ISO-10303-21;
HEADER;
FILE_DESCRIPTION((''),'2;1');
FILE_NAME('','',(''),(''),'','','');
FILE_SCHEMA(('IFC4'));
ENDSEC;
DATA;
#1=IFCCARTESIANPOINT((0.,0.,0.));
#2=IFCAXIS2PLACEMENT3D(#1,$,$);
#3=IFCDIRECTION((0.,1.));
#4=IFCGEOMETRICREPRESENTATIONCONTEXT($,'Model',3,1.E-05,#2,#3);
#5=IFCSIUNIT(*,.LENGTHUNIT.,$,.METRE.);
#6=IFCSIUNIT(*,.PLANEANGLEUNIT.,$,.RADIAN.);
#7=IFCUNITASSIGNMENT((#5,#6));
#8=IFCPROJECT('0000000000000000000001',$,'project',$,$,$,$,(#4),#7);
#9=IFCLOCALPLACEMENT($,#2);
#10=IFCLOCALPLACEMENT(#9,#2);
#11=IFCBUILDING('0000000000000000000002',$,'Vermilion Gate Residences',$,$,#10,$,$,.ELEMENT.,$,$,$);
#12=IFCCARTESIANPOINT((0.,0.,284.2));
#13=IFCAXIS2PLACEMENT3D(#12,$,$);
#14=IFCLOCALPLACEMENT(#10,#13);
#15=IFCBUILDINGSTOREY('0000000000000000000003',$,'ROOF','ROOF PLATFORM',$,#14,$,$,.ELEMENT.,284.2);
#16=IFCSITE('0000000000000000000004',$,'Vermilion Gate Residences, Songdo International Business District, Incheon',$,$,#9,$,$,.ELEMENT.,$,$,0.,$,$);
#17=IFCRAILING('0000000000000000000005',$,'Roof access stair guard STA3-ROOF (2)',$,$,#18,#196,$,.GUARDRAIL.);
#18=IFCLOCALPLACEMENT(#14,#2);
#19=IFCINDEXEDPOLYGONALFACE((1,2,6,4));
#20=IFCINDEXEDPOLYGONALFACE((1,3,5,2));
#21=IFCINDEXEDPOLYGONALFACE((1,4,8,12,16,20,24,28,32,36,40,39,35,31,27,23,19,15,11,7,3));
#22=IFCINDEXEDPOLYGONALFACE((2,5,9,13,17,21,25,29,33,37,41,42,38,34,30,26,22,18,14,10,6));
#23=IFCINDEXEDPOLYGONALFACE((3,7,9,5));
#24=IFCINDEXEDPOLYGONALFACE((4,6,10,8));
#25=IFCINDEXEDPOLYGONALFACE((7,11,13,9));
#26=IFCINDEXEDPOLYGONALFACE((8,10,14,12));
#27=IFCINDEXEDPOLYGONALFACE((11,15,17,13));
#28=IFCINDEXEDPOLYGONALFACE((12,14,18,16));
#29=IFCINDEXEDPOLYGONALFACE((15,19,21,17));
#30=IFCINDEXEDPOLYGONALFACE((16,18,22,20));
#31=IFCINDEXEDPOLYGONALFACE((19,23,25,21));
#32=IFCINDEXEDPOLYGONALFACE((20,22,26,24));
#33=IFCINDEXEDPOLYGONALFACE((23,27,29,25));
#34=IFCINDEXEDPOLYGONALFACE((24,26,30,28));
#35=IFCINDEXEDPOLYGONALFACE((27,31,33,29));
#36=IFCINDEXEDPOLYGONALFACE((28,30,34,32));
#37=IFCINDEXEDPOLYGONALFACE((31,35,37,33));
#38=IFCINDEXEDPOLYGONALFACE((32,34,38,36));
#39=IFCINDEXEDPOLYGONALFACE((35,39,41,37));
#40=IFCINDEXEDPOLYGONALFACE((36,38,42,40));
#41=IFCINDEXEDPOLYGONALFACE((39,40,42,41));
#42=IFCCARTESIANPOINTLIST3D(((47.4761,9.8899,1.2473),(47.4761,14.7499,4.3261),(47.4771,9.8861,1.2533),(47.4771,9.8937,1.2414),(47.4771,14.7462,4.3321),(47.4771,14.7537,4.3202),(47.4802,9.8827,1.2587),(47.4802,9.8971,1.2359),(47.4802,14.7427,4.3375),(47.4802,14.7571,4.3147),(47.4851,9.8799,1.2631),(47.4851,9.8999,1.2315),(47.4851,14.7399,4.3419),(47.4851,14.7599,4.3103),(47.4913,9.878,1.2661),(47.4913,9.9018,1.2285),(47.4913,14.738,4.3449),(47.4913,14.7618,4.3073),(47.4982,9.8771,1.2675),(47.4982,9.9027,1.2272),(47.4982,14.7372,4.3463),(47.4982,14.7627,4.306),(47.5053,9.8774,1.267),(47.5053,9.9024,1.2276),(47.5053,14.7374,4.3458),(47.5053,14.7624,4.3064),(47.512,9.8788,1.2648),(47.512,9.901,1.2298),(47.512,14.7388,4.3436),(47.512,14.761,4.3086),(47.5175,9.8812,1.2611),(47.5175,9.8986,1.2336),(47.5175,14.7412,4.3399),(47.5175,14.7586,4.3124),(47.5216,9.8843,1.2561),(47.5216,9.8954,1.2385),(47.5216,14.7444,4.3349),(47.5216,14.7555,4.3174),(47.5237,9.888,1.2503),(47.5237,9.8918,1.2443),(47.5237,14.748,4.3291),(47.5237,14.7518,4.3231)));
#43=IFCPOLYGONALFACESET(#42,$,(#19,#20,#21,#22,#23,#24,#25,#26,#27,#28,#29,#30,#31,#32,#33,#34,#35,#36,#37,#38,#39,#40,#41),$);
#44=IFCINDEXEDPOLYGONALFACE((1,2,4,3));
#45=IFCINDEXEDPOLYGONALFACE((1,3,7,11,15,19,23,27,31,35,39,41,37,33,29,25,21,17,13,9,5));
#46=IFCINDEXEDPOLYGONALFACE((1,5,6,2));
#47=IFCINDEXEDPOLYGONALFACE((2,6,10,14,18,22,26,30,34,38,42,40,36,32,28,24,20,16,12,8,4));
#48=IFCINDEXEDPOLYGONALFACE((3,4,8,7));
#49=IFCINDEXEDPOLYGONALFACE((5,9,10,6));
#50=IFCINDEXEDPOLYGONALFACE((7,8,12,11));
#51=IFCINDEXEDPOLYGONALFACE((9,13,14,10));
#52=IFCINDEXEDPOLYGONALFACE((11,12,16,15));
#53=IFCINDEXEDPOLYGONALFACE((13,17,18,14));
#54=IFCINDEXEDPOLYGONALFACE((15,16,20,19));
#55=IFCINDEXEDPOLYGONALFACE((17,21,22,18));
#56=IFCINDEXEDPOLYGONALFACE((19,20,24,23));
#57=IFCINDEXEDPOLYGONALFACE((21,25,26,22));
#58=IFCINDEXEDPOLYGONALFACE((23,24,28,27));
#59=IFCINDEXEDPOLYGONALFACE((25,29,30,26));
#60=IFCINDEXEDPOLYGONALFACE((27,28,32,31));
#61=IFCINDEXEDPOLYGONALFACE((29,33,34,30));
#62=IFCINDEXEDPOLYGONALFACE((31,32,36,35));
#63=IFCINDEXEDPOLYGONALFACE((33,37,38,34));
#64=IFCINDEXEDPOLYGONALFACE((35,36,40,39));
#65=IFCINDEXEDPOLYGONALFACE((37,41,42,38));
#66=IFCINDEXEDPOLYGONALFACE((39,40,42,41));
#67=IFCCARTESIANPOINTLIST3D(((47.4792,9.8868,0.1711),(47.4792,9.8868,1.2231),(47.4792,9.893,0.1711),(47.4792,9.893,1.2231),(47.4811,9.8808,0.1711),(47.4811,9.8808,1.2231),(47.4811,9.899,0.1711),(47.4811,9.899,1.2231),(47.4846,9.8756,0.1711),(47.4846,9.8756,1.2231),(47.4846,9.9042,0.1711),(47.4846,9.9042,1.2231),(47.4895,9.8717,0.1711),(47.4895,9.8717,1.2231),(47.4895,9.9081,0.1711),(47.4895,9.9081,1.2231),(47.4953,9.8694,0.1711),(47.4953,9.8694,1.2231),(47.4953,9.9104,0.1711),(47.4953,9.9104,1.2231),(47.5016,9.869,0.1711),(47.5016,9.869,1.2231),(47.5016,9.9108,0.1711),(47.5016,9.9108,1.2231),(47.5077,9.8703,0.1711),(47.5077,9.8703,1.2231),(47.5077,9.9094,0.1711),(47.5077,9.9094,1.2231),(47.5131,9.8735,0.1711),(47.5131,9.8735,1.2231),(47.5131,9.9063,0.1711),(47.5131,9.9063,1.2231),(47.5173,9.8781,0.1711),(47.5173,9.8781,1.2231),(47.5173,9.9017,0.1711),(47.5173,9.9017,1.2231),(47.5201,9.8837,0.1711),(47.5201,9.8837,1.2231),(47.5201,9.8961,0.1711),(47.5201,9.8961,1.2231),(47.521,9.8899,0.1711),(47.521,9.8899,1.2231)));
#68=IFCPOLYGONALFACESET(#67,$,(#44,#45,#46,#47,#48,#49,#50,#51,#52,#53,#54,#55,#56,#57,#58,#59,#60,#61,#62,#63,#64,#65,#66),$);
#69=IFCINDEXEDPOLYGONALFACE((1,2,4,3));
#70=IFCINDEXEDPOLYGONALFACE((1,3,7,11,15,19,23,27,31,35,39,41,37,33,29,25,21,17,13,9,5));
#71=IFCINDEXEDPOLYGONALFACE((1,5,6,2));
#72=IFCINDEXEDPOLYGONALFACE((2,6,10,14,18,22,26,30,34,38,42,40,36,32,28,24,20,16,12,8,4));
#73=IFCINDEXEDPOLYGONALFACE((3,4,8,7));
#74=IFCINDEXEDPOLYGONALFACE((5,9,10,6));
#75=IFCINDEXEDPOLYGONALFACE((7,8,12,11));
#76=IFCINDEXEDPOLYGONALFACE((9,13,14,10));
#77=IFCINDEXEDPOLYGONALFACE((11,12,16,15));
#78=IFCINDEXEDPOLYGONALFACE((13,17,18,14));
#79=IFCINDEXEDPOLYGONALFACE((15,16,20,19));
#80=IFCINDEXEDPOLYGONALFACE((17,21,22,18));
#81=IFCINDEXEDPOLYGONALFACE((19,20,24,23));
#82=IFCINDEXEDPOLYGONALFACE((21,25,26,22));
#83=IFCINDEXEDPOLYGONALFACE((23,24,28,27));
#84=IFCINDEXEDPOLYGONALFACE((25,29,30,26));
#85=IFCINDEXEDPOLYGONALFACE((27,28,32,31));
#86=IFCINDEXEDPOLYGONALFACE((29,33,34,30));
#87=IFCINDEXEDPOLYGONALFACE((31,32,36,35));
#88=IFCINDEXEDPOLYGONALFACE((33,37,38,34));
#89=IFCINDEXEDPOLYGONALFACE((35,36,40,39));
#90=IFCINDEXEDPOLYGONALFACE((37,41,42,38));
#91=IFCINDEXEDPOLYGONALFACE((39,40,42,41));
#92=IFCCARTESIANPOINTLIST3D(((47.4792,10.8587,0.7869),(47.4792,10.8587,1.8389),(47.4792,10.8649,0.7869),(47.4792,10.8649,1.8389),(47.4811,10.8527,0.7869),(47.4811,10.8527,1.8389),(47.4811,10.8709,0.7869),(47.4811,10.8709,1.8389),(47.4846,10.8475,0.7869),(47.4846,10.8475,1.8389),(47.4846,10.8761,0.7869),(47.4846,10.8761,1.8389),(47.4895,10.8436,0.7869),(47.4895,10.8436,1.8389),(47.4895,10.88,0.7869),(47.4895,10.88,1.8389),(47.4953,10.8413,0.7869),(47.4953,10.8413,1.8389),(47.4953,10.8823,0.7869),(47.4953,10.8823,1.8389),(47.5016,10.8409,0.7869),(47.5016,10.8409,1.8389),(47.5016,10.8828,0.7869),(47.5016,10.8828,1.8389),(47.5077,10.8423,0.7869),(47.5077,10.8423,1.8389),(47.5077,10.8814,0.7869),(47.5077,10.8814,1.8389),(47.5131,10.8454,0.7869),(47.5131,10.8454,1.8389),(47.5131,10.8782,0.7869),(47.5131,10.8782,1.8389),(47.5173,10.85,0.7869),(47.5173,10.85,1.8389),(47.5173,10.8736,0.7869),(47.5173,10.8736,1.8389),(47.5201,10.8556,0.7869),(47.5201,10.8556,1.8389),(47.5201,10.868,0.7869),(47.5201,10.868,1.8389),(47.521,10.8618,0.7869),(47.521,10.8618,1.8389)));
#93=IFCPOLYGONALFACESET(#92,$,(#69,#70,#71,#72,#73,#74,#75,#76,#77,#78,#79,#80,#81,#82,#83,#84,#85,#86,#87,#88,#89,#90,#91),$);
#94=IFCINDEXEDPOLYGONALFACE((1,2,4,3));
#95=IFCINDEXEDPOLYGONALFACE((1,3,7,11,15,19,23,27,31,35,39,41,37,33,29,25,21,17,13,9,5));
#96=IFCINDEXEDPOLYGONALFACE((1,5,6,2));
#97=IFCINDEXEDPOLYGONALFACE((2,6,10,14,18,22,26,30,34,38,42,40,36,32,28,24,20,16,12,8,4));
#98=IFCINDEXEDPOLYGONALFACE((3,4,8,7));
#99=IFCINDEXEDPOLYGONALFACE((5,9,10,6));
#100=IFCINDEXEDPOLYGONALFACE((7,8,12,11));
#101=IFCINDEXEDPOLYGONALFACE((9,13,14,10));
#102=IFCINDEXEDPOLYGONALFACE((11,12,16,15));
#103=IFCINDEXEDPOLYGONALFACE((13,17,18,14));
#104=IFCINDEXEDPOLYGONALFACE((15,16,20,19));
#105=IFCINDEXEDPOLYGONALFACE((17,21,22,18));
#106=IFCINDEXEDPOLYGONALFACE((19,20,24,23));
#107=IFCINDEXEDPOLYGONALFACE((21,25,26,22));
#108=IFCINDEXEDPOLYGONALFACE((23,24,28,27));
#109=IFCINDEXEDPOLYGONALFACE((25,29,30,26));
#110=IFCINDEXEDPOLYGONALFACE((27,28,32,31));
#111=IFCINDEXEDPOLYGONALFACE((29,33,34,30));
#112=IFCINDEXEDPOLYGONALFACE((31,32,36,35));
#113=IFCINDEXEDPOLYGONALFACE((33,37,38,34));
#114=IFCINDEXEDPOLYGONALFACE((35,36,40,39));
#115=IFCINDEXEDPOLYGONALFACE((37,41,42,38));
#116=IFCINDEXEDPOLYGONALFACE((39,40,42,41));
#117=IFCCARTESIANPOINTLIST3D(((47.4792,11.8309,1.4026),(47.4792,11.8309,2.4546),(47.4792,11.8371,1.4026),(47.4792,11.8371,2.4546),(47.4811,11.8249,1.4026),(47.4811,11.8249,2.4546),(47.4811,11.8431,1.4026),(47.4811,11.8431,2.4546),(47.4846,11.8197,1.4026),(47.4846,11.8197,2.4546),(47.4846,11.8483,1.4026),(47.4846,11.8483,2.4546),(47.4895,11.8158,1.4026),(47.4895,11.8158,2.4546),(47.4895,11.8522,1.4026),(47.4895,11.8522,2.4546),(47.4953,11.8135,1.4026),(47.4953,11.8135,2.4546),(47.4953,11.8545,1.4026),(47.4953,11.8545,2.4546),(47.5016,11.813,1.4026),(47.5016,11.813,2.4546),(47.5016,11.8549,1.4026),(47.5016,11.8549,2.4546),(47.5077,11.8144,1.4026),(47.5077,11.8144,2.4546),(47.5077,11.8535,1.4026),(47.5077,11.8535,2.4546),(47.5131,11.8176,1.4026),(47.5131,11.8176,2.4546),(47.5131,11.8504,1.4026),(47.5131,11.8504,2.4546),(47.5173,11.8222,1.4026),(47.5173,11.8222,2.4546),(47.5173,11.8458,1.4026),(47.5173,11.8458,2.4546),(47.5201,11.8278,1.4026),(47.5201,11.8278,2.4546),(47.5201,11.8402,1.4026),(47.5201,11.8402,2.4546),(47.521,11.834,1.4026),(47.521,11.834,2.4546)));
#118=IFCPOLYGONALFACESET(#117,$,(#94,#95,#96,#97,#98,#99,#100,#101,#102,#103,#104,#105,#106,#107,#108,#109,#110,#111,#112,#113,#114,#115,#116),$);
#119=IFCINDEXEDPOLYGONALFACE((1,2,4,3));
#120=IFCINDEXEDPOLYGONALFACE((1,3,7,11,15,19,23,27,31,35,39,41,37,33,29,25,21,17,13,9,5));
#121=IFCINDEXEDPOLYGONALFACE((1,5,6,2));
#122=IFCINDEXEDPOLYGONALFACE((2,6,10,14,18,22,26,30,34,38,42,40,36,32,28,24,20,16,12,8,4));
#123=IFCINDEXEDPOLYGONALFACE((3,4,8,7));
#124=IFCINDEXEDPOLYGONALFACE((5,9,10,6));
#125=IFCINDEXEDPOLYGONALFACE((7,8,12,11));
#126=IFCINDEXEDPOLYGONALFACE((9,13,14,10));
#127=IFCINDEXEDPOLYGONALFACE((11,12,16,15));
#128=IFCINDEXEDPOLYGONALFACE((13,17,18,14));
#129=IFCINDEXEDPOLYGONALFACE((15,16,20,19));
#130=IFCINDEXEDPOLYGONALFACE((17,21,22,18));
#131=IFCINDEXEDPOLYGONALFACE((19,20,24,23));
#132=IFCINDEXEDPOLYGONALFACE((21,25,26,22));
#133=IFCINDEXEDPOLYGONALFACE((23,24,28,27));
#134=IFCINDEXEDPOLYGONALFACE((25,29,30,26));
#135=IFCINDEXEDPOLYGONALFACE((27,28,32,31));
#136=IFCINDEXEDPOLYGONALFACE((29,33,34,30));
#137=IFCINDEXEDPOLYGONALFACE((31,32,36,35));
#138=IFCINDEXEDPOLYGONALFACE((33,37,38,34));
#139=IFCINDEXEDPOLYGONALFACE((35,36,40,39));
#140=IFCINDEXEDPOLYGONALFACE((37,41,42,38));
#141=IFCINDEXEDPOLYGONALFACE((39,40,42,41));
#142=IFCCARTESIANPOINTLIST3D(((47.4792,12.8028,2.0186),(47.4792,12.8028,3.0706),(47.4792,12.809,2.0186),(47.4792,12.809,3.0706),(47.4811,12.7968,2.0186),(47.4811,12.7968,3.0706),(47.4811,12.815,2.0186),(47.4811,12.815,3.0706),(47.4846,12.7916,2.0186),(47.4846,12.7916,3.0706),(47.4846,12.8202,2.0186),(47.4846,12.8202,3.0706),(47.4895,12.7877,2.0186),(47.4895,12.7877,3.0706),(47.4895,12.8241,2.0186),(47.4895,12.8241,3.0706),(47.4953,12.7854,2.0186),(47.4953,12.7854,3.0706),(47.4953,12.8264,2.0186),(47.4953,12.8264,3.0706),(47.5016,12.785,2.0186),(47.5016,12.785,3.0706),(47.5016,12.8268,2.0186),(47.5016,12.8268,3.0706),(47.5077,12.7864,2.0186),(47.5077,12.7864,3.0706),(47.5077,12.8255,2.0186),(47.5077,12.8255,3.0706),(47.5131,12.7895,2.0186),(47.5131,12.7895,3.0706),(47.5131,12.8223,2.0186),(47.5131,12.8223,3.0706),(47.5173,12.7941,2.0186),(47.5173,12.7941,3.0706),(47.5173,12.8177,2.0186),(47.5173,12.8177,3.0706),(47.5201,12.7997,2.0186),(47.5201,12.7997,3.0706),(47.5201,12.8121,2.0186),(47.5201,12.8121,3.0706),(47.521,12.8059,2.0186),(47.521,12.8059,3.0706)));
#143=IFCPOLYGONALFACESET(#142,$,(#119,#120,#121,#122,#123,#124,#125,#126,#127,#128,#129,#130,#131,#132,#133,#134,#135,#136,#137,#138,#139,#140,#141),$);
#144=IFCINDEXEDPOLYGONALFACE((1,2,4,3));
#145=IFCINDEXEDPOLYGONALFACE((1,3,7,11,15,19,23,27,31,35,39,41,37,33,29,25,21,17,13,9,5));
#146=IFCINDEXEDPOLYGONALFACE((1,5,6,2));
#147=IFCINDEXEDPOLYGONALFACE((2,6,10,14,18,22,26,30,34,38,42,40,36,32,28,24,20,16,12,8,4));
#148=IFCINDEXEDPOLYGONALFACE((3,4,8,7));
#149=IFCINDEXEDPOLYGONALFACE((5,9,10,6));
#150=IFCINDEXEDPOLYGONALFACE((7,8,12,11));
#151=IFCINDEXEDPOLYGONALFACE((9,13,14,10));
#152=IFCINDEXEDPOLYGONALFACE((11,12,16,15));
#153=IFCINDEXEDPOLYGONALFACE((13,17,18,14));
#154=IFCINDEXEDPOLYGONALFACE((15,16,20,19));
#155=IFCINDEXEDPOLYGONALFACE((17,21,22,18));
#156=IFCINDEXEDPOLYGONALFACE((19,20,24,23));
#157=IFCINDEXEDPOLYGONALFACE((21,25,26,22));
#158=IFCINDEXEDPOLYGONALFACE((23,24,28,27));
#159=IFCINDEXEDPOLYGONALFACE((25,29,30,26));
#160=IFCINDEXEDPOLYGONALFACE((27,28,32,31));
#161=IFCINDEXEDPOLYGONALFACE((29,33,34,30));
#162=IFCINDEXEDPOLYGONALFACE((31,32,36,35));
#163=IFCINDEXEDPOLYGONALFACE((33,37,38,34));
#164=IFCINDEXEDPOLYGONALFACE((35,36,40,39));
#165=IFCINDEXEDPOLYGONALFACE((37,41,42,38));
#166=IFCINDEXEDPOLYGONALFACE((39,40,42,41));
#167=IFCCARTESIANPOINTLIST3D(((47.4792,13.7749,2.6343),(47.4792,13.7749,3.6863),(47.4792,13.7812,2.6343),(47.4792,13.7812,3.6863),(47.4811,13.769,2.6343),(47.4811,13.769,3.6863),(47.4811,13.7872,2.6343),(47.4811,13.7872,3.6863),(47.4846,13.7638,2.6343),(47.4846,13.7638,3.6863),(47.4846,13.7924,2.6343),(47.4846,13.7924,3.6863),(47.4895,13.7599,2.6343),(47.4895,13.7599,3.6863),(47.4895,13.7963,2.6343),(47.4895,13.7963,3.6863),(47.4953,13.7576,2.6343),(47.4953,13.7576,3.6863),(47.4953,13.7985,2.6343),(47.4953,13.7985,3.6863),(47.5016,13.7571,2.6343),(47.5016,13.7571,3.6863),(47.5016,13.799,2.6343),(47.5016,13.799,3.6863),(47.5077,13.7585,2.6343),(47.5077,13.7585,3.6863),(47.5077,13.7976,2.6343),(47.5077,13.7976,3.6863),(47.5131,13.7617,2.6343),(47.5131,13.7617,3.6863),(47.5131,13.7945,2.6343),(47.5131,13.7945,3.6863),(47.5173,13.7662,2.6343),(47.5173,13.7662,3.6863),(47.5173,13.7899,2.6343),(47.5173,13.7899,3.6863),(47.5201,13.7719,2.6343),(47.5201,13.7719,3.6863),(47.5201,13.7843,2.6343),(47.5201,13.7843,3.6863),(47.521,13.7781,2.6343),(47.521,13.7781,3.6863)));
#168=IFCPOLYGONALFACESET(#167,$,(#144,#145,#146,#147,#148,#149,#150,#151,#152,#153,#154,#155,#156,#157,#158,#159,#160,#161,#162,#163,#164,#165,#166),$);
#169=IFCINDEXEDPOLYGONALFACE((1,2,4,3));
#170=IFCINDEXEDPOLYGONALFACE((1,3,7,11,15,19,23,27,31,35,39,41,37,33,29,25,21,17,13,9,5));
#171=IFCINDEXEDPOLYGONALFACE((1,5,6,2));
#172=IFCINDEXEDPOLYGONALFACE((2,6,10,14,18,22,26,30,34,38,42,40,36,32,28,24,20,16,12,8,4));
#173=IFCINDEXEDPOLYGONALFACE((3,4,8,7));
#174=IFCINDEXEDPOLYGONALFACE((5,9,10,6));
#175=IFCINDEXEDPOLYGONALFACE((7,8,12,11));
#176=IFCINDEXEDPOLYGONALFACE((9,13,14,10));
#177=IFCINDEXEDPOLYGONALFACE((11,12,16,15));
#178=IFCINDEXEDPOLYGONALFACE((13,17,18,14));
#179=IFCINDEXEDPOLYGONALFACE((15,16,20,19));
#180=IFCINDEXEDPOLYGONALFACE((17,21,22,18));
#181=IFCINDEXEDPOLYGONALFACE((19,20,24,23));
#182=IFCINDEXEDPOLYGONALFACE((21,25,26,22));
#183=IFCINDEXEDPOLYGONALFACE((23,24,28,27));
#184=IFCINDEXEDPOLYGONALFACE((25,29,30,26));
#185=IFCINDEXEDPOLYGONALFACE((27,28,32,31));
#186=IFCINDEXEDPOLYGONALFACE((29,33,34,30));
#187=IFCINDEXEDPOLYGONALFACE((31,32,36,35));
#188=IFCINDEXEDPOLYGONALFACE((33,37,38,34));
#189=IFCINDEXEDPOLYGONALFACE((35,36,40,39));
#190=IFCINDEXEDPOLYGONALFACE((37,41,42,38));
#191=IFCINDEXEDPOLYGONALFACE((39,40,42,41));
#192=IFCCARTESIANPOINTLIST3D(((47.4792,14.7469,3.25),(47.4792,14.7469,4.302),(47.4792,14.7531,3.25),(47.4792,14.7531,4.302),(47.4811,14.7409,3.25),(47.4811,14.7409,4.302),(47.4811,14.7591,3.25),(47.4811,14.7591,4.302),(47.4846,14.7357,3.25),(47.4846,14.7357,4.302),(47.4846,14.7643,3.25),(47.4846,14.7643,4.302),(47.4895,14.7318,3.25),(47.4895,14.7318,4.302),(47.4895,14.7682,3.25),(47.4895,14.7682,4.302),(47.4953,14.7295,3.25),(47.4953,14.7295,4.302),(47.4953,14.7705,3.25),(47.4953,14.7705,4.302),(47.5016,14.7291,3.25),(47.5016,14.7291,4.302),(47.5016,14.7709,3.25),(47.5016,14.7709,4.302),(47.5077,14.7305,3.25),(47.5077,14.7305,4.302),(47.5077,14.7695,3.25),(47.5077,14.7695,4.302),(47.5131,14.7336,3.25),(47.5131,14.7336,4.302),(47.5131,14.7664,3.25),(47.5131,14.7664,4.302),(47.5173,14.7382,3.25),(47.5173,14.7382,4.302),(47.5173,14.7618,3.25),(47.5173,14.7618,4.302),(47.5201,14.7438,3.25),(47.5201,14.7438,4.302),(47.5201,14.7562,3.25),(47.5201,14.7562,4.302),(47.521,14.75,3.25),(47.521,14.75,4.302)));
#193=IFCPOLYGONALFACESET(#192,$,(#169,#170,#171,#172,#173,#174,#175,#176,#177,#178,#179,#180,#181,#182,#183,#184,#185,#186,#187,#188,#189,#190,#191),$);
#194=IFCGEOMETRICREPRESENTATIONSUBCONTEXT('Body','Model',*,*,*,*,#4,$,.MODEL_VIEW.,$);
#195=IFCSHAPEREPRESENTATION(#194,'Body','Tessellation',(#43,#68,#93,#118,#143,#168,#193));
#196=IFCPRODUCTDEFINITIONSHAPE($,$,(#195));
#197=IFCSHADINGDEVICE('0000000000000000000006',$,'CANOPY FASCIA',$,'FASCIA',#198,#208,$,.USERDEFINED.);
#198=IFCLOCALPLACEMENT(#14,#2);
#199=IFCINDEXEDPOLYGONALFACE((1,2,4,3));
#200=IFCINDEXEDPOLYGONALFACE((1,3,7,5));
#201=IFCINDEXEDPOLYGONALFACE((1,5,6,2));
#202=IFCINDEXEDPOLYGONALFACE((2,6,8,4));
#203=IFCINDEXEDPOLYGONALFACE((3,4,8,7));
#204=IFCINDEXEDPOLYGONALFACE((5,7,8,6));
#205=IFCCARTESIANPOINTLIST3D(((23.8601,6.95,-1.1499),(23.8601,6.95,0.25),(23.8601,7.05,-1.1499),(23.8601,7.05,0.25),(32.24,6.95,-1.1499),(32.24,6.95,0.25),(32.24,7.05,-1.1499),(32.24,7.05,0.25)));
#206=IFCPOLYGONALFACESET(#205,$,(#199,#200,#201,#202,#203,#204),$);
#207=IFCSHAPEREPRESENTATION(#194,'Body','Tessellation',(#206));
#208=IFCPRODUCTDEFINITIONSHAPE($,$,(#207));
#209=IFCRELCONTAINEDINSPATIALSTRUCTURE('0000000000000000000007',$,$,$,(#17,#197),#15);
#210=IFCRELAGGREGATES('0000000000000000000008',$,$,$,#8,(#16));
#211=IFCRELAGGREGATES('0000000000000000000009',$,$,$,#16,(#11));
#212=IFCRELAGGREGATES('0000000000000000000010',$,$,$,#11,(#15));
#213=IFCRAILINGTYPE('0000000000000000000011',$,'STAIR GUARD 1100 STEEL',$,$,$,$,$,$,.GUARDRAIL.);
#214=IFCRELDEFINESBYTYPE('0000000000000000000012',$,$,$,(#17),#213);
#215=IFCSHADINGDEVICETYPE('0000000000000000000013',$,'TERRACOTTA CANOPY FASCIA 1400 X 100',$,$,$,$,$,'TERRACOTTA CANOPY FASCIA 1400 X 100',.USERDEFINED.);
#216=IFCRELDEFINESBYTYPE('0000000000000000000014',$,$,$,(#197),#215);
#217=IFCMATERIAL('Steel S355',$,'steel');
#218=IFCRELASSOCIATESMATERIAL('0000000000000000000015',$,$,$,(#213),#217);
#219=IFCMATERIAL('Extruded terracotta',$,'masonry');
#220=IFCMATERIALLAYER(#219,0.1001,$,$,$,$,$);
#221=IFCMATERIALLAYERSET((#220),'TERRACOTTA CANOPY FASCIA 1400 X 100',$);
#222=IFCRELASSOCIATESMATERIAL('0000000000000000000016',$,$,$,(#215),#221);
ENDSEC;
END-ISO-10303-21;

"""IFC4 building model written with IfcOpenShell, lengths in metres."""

from ifc_helpers import new_model, si_unit, direction, frame, origin, origin_2d, place, context, subcontext, project, spatial, rectangle, circle, extrude, material, layer, layer_set, type_object, element, save


model = new_model("IFC4")

# Units and contexts
model_context = context("Model", 3, precision=1e-05, world=origin(), true_north=direction((0.0, 1.0)))
body_context = subcontext(model_context, "Body", "Model", "MODEL_VIEW")
ifc_project = project(units=[si_unit("LENGTHUNIT", "METRE"), si_unit("PLANEANGLEUNIT", "RADIAN")], contexts=[model_context])

# Site, building, storey
site_placement = place(None, origin())
site = spatial("IfcSite", under=ifc_project, at=site_placement, Name="Vermilion Gate Residences, Songdo International Business District, Incheon", CompositionType="ELEMENT", RefElevation=0.0)
building_placement = place(site_placement, origin())
building = spatial("IfcBuilding", under=site, at=building_placement, Name="Vermilion Gate Residences", CompositionType="ELEMENT")
storey_placement = place(building_placement, frame((0.0, 0.0, 284.2)))
storey = spatial("IfcBuildingStorey", under=building, at=storey_placement, Name="ROOF", Description="ROOF PLATFORM", CompositionType="ELEMENT", Elevation=284.2)

# Railing
ifc_material_1 = material(Name="Steel S355", Category="steel")
railing_type = type_object("IfcRailingType", Name="STAIR GUARD 1100 STEEL", PredefinedType="GUARDRAIL", material=ifc_material_1)
for number, where, name in (
    (1, (47.5, 9.8899, 0.1711), "Roof access stair guard STA3-ROOF (2)"),
):
    element("IfcRailing", number, at=place(storey_placement, frame(where)), inside=storey, type_object=railing_type, Name=name, PredefinedType="GUARDRAIL", context=body_context, shape_type="SweptSolid", body=[
        extrude(circle(Radius=0.0239, at=origin_2d()), frame((0.0, 0.0, 1.0762), z_axis=(0.0, 0.844757, 0.53515), x_axis=(-1.0, 0.0, 0.0)), (0.0, 0.0, 1.0), 5.7532),
        extrude(circle(Radius=0.021, at=origin_2d()), origin(), (0.0, 0.0, 1.0), 1.052),
        extrude(circle(Radius=0.021, at=origin_2d()), frame((0.0, 0.9719, 0.6157)), (0.0, 0.0, 1.0), 1.052),
        extrude(circle(Radius=0.021, at=origin_2d()), frame((0.0, 1.9441, 1.2314)), (0.0, 0.0, 1.0), 1.052),
        extrude(circle(Radius=0.021, at=origin_2d()), frame((0.0, 2.916, 1.8474)), (0.0, 0.0, 1.0), 1.052),
        extrude(circle(Radius=0.021, at=origin_2d()), frame((0.0, 3.8882, 2.4631)), (0.0, 0.0, 1.0), 1.052),
        extrude(circle(Radius=0.021, at=origin_2d()), frame((0.0, 4.8601, 3.0789)), (0.0, 0.0, 1.0), 1.052),
    ])

# Shading device
ifc_material_2 = material(Name="Extruded terracotta", Category="masonry")
ifc_layer_1 = layer(ifc_material_2, 0.1001)
ifc_layer_set_1 = layer_set([ifc_layer_1], Name="TERRACOTTA CANOPY FASCIA 1400 X 100")
shading_device_type_1 = type_object("IfcShadingDeviceType", Name="TERRACOTTA CANOPY FASCIA 1400 X 100", ElementType="TERRACOTTA CANOPY FASCIA 1400 X 100", PredefinedType="USERDEFINED", material=ifc_layer_set_1)
for number, where, z_axis, x_axis, name in (
    (2, (28.05, 7.0, -1.1499), (0.0, 0.0, 1.0), (1.0, 0.0, 0.0), "CANOPY FASCIA"),
):
    element("IfcShadingDevice", number, at=place(storey_placement, frame(where, z_axis=z_axis, x_axis=x_axis)), inside=storey, type_object=shading_device_type_1, Name=name, ObjectType="FASCIA", PredefinedType="USERDEFINED", context=body_context, shape_type="SweptSolid", body=[
        extrude(rectangle(XDim=8.3799, YDim=0.1001, at=origin_2d()), origin(), (0.0, 0.0, 1.0), 1.3999),
    ])

save(model, "model.ifc")
